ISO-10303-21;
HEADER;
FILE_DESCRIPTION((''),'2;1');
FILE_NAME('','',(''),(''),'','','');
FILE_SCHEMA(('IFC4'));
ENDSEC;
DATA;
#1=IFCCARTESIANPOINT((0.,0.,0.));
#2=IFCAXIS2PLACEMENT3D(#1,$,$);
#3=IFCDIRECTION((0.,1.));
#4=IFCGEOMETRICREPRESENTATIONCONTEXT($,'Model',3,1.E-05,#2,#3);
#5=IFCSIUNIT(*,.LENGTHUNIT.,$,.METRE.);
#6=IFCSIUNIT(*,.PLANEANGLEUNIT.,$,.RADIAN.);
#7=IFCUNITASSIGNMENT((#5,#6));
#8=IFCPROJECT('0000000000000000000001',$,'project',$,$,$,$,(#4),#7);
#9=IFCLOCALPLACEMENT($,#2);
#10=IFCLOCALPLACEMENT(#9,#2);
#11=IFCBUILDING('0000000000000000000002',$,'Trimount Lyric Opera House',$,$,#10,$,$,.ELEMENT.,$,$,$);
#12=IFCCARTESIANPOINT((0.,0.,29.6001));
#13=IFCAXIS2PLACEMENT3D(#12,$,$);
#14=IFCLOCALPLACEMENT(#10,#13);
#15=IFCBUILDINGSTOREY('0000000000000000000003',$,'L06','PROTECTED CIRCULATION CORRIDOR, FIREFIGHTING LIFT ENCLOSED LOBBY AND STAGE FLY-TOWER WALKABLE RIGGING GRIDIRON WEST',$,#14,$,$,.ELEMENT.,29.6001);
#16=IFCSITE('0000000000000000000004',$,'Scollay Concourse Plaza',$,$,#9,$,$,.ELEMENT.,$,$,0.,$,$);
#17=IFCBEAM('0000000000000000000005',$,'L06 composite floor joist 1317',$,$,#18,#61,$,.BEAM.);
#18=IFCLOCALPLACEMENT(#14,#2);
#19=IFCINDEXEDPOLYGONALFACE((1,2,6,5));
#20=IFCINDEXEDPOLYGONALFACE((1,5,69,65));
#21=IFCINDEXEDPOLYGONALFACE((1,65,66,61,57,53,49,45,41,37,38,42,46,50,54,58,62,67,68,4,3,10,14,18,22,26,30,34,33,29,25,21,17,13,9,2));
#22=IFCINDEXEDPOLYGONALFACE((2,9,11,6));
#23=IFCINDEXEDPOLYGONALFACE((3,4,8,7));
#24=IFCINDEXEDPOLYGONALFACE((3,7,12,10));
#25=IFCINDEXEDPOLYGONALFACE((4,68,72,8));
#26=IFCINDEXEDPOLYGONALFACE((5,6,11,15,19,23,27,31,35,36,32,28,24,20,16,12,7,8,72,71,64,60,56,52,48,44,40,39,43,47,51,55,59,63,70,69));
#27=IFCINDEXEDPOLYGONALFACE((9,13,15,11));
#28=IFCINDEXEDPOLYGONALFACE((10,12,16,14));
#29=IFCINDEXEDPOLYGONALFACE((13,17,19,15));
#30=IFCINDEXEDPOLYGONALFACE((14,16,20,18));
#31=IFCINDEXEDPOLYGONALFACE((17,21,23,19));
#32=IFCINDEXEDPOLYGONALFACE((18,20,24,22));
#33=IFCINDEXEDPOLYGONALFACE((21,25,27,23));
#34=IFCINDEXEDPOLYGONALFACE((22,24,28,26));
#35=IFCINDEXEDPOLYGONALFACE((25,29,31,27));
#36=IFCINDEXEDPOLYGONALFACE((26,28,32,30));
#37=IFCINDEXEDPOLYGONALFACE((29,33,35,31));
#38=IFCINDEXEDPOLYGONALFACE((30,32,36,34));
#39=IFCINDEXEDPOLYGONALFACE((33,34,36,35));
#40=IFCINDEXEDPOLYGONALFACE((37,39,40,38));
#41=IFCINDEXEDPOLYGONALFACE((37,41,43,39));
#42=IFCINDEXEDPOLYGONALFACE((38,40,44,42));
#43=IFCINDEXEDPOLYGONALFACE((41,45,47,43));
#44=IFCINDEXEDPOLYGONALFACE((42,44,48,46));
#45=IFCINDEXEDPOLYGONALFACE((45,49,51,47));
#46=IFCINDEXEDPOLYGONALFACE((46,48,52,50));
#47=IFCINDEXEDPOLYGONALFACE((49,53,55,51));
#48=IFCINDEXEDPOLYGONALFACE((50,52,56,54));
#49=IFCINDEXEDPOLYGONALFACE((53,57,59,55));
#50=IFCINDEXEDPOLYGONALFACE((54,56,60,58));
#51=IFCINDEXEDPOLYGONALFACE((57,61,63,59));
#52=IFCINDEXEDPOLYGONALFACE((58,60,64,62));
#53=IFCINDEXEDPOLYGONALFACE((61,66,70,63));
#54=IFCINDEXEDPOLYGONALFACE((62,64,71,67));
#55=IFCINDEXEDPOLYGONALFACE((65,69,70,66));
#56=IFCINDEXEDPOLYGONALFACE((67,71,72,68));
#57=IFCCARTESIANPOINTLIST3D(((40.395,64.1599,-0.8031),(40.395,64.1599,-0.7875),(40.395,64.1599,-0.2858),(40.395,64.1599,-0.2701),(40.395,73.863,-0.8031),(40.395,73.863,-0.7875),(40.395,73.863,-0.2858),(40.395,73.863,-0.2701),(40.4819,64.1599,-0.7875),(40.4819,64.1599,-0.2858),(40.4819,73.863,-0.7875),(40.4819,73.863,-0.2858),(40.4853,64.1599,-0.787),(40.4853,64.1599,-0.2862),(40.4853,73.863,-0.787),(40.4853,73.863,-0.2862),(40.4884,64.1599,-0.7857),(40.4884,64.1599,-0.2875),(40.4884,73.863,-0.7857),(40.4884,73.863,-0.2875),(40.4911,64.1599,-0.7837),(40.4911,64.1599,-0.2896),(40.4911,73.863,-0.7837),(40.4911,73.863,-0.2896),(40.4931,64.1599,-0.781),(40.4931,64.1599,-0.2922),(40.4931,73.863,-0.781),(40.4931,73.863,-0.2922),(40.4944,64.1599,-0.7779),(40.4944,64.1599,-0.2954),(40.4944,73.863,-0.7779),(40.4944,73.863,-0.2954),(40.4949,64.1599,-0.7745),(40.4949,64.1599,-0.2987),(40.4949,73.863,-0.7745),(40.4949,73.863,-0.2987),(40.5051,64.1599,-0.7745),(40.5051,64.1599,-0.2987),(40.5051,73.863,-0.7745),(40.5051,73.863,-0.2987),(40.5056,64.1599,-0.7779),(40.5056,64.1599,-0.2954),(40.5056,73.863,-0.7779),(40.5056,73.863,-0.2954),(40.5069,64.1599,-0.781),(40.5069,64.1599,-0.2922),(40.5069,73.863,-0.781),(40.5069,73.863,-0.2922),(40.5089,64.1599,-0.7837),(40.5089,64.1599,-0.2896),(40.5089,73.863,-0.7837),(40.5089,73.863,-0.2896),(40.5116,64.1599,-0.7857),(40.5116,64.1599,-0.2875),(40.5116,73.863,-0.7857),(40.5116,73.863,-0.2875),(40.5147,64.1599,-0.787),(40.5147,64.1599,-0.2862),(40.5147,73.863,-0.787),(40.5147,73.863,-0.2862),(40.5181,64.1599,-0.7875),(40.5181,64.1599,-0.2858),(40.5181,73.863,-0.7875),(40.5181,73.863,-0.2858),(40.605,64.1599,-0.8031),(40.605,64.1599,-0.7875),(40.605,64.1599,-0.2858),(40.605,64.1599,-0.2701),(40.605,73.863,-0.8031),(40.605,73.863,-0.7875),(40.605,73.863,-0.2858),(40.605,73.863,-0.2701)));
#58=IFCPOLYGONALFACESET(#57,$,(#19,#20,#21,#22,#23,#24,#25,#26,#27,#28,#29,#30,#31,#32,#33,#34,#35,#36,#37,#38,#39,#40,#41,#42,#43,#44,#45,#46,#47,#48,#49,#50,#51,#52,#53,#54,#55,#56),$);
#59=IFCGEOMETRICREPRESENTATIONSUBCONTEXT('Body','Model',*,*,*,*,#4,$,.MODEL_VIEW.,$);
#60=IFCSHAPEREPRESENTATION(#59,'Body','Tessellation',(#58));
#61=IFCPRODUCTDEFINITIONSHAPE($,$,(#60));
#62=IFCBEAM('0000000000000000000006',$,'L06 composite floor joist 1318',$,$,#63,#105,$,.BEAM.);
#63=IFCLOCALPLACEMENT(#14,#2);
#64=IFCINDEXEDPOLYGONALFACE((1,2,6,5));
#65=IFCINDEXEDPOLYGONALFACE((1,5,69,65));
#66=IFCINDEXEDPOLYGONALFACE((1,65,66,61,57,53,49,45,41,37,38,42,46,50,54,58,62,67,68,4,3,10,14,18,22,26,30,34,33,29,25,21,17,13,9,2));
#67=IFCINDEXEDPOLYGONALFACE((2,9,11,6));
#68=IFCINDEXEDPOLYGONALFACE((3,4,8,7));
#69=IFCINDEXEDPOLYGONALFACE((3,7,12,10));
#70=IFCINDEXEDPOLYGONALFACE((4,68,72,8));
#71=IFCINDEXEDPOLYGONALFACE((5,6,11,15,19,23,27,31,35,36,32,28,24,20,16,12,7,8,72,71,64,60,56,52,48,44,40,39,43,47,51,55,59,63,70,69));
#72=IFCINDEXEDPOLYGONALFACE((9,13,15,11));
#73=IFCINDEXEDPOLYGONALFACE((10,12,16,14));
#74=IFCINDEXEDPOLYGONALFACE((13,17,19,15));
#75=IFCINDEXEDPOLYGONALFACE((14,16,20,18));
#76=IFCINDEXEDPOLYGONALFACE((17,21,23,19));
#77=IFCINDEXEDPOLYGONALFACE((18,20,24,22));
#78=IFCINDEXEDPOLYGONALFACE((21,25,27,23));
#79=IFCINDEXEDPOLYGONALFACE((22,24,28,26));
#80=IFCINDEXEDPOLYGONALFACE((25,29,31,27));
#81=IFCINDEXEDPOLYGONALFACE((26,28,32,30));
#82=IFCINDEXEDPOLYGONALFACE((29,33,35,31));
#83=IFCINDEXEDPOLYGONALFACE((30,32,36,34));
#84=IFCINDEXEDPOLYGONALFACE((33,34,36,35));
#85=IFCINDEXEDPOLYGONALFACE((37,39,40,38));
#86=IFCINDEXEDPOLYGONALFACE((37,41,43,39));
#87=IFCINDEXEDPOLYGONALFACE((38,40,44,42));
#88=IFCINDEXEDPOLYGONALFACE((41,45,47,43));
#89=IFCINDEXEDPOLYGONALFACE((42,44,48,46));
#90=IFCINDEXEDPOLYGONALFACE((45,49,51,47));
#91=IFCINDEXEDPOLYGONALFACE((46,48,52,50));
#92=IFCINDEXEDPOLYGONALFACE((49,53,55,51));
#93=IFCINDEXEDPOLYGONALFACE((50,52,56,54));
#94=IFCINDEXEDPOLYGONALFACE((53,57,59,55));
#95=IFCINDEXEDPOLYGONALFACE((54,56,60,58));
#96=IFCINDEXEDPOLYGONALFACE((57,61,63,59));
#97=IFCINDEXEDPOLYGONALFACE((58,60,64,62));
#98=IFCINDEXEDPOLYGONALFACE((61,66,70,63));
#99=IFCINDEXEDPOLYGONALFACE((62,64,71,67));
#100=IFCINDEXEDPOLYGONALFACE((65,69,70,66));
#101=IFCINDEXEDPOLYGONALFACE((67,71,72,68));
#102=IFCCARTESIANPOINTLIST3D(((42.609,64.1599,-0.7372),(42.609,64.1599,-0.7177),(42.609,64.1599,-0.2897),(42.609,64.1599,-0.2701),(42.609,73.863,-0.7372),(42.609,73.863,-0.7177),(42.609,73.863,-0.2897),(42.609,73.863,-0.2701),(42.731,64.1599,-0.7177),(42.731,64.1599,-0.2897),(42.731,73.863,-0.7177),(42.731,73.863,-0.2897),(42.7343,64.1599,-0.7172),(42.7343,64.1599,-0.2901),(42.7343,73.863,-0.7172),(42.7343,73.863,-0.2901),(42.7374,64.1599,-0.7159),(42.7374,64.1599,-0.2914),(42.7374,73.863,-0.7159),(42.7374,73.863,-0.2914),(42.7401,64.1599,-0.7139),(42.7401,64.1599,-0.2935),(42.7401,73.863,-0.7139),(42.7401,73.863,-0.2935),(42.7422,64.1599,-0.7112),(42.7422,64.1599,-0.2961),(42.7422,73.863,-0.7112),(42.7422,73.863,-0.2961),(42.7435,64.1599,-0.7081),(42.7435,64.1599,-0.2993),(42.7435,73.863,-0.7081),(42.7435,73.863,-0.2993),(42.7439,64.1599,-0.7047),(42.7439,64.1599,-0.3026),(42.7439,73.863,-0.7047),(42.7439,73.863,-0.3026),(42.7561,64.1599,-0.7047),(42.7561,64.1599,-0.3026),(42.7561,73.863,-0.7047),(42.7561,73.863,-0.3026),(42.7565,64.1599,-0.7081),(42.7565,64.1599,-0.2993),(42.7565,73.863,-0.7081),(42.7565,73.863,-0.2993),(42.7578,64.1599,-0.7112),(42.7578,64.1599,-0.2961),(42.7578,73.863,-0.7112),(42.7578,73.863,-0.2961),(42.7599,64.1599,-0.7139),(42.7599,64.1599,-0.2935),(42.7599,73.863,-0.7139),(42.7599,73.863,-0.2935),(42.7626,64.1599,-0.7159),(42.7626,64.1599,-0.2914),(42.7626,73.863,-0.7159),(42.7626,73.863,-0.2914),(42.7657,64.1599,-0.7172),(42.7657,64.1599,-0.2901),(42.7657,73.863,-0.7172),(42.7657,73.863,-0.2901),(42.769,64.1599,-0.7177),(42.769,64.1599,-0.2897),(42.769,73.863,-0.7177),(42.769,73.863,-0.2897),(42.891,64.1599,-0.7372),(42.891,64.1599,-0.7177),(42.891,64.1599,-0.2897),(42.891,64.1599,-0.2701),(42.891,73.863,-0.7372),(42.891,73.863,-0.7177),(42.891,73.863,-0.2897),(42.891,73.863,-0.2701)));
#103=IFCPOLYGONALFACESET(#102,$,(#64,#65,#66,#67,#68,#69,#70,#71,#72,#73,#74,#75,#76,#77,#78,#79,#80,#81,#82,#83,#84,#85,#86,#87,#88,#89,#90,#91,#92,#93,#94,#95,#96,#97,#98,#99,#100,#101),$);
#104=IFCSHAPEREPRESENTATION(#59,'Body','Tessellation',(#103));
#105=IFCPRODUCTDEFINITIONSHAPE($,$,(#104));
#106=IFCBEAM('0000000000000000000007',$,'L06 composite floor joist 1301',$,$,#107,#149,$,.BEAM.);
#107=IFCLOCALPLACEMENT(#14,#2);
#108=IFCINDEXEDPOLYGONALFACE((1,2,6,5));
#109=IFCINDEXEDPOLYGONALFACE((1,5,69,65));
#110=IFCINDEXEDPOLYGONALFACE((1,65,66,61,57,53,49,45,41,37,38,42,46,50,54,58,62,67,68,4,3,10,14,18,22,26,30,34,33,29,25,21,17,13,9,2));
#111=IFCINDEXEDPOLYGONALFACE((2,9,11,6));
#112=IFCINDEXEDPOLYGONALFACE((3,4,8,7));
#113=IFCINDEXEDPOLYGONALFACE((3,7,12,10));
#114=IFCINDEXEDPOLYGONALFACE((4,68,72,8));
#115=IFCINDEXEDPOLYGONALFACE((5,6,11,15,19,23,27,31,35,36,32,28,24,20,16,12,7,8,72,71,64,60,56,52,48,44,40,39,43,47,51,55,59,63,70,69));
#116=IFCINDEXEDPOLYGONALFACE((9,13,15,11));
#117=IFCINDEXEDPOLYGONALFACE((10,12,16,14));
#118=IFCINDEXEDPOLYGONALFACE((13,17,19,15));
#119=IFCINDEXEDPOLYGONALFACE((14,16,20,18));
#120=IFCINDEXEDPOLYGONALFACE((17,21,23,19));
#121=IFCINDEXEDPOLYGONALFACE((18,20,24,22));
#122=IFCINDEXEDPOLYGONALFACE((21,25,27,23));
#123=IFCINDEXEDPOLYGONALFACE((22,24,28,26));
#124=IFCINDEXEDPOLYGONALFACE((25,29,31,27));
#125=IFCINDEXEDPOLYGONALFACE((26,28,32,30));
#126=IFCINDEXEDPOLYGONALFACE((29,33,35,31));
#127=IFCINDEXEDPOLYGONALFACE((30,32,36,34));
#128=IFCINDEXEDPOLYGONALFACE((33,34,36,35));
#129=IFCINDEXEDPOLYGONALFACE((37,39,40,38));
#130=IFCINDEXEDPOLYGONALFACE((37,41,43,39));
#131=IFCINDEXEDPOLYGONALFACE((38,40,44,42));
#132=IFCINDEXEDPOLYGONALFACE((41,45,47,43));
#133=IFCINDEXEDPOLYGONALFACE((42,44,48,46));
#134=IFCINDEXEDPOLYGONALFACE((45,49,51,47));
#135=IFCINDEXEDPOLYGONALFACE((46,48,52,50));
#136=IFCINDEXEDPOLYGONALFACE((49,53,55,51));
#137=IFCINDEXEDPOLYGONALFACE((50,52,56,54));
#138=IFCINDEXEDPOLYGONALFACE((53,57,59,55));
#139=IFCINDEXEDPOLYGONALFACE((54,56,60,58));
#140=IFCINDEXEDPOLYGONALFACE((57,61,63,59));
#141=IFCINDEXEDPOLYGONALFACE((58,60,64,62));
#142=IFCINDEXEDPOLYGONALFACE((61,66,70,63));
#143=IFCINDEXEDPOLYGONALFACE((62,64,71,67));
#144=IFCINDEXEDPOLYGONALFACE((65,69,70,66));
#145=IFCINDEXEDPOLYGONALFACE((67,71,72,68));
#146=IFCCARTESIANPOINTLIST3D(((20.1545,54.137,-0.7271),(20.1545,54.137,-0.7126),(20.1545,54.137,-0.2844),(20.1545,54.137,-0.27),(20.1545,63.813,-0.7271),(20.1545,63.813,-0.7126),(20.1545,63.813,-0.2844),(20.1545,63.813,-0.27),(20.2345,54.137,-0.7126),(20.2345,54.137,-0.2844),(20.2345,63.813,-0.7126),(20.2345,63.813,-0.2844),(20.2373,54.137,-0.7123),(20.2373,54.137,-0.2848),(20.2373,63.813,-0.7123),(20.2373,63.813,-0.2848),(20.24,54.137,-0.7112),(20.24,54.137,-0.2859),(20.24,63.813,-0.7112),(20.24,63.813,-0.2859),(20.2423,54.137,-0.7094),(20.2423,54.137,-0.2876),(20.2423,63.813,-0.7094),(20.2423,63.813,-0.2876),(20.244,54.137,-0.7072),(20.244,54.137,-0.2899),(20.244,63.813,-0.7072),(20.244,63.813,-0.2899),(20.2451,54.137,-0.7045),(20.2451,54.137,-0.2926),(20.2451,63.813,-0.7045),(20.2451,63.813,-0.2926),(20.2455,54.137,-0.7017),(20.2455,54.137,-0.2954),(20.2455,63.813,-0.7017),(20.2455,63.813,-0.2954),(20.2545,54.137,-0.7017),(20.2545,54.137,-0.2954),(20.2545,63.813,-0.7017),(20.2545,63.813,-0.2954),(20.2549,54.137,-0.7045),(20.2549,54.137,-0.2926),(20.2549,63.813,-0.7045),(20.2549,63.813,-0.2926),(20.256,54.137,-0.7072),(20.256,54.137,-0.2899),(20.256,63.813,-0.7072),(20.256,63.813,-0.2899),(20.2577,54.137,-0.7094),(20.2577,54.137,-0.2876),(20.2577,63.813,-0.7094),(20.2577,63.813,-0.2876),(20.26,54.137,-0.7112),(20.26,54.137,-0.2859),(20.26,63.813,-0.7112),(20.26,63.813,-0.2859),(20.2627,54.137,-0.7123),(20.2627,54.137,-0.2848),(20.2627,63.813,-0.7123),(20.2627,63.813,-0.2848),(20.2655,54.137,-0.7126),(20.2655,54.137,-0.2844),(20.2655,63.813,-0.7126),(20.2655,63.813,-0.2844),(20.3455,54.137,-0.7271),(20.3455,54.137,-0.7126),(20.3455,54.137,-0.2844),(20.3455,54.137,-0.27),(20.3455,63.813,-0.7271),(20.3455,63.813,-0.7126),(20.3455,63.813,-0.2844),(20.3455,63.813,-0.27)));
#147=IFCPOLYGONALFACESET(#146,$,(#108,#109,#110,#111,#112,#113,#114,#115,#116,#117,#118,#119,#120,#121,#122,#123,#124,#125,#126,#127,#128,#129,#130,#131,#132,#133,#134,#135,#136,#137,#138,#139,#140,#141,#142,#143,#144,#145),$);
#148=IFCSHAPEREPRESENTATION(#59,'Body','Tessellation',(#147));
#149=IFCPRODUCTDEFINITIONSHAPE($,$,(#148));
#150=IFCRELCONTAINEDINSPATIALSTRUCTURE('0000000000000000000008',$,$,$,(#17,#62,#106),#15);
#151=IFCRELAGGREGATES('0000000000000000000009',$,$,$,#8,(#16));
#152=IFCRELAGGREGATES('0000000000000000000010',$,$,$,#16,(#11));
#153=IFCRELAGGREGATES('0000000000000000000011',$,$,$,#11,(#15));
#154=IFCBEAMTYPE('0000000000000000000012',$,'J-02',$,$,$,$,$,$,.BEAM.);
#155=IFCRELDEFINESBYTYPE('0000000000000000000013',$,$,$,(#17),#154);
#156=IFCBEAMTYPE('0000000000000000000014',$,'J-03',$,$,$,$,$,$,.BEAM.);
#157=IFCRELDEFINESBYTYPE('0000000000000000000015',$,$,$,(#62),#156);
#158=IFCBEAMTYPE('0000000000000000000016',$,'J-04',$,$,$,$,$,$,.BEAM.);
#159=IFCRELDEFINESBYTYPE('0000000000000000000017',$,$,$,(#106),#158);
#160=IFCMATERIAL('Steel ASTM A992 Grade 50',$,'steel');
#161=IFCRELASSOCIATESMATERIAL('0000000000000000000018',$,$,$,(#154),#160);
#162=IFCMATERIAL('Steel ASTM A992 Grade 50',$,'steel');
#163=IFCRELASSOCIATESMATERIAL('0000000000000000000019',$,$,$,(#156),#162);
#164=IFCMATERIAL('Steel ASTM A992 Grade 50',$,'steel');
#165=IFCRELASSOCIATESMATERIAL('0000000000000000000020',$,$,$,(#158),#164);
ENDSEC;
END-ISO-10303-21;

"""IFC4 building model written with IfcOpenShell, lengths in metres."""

from ifc_helpers import new_model, si_unit, direction, frame, origin, origin_2d, place, context, subcontext, project, spatial, i_section, extrude, material, material_profile, profile_set, type_object, element, save


model = new_model("IFC4")

# Units and contexts
model_context = context("Model", 3, precision=1e-05, world=origin(), true_north=direction((0.0, 1.0)))
body_context = subcontext(model_context, "Body", "Model", "MODEL_VIEW")
ifc_project = project(units=[si_unit("LENGTHUNIT", "METRE"), si_unit("PLANEANGLEUNIT", "RADIAN")], contexts=[model_context])

# Site, building, storey
site_placement = place(None, origin())
site = spatial("IfcSite", under=ifc_project, at=site_placement, Name="Scollay Concourse Plaza", CompositionType="ELEMENT", RefElevation=0.0)
building_placement = place(site_placement, origin())
building = spatial("IfcBuilding", under=site, at=building_placement, Name="Trimount Lyric Opera House", CompositionType="ELEMENT")
storey_placement = place(building_placement, frame((0.0, 0.0, 29.6001)))
storey = spatial("IfcBuildingStorey", under=building, at=storey_placement, Name="L06", Description="PROTECTED CIRCULATION CORRIDOR, FIREFIGHTING LIFT ENCLOSED LOBBY AND STAGE FLY-TOWER WALKABLE RIGGING GRIDIRON WEST", CompositionType="ELEMENT", Elevation=29.6001)

# Beams
ifc_material_1 = material(Name="Steel ASTM A992 Grade 50", Category="steel")
ifc_material_profile_1 = material_profile(ifc_material_1, i_section(OverallWidth=0.21, OverallDepth=0.533, WebThickness=0.0103, FlangeThickness=0.0156, FilletRadius=0.0129, at=origin_2d()), Name="W21X62")
ifc_profile_set_1 = profile_set([ifc_material_profile_1], Name="Steel ASTM A992 Grade 50")
beam_type_1 = type_object("IfcBeamType", Name="J-02", PredefinedType="BEAM", material=ifc_profile_set_1)
for number, where, z_axis, x_axis, name in (
    (1, (40.5, 64.1599, -0.5366), (0.0, 1.0, 0.0), (-1.0, 0.0, 0.0), "L06 composite floor joist 1317"),
):
    element("IfcBeam", number, at=place(storey_placement, frame(where, z_axis=z_axis, x_axis=x_axis)), inside=storey, type_object=beam_type_1, Name=name, PredefinedType="BEAM", context=body_context, shape_type="SweptSolid", body=[
        extrude(i_section(OverallWidth=0.21, OverallDepth=0.533, WebThickness=0.0103, FlangeThickness=0.0156, FilletRadius=0.0129, at=origin_2d()), origin(), (0.0, 0.0, 1.0), 9.7031),
    ])
ifc_material_2 = material(Name="Steel ASTM A992 Grade 50", Category="steel")
ifc_material_profile_2 = material_profile(ifc_material_2, i_section(OverallWidth=0.282, OverallDepth=0.467, WebThickness=0.0122, FlangeThickness=0.0195, FilletRadius=0.0129, at=origin_2d()), Name="W18X86")
ifc_profile_set_2 = profile_set([ifc_material_profile_2], Name="Steel ASTM A992 Grade 50")
beam_type_2 = type_object("IfcBeamType", Name="J-03", PredefinedType="BEAM", material=ifc_profile_set_2)
beam_1_placement = place(storey_placement, frame((42.75, 64.1599, -0.5037), z_axis=(0.0, 1.0, 0.0), x_axis=(-1.0, 0.0, 0.0)))
element("IfcBeam", 2, at=beam_1_placement, inside=storey, type_object=beam_type_2, Name="L06 composite floor joist 1318", PredefinedType="BEAM", context=body_context, shape_type="SweptSolid", body=[
    extrude(i_section(OverallWidth=0.282, OverallDepth=0.467, WebThickness=0.0122, FlangeThickness=0.0195, FilletRadius=0.0129, at=origin_2d()), origin(), (0.0, 0.0, 1.0), 9.7031),
])
ifc_material_3 = material(Name="Steel ASTM A992 Grade 50", Category="steel")
ifc_material_profile_3 = material_profile(ifc_material_3, i_section(OverallWidth=0.1909, OverallDepth=0.457, WebThickness=0.009, FlangeThickness=0.0144, FilletRadius=0.011, at=origin_2d()), Name="W18X50")
ifc_profile_set_3 = profile_set([ifc_material_profile_3], Name="Steel ASTM A992 Grade 50")
beam_type_3 = type_object("IfcBeamType", Name="J-04", PredefinedType="BEAM", material=ifc_profile_set_3)
beam_2_placement = place(storey_placement, frame((20.25, 54.137, -0.4985), z_axis=(0.0, 1.0, 0.0), x_axis=(-1.0, 0.0, 0.0)))
element("IfcBeam", 3, at=beam_2_placement, inside=storey, type_object=beam_type_3, Name="L06 composite floor joist 1301", PredefinedType="BEAM", context=body_context, shape_type="SweptSolid", body=[
    extrude(i_section(OverallWidth=0.1909, OverallDepth=0.457, WebThickness=0.009, FlangeThickness=0.0144, FilletRadius=0.011, at=origin_2d()), origin(), (0.0, 0.0, 1.0), 9.676),
])

save(model, "model.ifc")
